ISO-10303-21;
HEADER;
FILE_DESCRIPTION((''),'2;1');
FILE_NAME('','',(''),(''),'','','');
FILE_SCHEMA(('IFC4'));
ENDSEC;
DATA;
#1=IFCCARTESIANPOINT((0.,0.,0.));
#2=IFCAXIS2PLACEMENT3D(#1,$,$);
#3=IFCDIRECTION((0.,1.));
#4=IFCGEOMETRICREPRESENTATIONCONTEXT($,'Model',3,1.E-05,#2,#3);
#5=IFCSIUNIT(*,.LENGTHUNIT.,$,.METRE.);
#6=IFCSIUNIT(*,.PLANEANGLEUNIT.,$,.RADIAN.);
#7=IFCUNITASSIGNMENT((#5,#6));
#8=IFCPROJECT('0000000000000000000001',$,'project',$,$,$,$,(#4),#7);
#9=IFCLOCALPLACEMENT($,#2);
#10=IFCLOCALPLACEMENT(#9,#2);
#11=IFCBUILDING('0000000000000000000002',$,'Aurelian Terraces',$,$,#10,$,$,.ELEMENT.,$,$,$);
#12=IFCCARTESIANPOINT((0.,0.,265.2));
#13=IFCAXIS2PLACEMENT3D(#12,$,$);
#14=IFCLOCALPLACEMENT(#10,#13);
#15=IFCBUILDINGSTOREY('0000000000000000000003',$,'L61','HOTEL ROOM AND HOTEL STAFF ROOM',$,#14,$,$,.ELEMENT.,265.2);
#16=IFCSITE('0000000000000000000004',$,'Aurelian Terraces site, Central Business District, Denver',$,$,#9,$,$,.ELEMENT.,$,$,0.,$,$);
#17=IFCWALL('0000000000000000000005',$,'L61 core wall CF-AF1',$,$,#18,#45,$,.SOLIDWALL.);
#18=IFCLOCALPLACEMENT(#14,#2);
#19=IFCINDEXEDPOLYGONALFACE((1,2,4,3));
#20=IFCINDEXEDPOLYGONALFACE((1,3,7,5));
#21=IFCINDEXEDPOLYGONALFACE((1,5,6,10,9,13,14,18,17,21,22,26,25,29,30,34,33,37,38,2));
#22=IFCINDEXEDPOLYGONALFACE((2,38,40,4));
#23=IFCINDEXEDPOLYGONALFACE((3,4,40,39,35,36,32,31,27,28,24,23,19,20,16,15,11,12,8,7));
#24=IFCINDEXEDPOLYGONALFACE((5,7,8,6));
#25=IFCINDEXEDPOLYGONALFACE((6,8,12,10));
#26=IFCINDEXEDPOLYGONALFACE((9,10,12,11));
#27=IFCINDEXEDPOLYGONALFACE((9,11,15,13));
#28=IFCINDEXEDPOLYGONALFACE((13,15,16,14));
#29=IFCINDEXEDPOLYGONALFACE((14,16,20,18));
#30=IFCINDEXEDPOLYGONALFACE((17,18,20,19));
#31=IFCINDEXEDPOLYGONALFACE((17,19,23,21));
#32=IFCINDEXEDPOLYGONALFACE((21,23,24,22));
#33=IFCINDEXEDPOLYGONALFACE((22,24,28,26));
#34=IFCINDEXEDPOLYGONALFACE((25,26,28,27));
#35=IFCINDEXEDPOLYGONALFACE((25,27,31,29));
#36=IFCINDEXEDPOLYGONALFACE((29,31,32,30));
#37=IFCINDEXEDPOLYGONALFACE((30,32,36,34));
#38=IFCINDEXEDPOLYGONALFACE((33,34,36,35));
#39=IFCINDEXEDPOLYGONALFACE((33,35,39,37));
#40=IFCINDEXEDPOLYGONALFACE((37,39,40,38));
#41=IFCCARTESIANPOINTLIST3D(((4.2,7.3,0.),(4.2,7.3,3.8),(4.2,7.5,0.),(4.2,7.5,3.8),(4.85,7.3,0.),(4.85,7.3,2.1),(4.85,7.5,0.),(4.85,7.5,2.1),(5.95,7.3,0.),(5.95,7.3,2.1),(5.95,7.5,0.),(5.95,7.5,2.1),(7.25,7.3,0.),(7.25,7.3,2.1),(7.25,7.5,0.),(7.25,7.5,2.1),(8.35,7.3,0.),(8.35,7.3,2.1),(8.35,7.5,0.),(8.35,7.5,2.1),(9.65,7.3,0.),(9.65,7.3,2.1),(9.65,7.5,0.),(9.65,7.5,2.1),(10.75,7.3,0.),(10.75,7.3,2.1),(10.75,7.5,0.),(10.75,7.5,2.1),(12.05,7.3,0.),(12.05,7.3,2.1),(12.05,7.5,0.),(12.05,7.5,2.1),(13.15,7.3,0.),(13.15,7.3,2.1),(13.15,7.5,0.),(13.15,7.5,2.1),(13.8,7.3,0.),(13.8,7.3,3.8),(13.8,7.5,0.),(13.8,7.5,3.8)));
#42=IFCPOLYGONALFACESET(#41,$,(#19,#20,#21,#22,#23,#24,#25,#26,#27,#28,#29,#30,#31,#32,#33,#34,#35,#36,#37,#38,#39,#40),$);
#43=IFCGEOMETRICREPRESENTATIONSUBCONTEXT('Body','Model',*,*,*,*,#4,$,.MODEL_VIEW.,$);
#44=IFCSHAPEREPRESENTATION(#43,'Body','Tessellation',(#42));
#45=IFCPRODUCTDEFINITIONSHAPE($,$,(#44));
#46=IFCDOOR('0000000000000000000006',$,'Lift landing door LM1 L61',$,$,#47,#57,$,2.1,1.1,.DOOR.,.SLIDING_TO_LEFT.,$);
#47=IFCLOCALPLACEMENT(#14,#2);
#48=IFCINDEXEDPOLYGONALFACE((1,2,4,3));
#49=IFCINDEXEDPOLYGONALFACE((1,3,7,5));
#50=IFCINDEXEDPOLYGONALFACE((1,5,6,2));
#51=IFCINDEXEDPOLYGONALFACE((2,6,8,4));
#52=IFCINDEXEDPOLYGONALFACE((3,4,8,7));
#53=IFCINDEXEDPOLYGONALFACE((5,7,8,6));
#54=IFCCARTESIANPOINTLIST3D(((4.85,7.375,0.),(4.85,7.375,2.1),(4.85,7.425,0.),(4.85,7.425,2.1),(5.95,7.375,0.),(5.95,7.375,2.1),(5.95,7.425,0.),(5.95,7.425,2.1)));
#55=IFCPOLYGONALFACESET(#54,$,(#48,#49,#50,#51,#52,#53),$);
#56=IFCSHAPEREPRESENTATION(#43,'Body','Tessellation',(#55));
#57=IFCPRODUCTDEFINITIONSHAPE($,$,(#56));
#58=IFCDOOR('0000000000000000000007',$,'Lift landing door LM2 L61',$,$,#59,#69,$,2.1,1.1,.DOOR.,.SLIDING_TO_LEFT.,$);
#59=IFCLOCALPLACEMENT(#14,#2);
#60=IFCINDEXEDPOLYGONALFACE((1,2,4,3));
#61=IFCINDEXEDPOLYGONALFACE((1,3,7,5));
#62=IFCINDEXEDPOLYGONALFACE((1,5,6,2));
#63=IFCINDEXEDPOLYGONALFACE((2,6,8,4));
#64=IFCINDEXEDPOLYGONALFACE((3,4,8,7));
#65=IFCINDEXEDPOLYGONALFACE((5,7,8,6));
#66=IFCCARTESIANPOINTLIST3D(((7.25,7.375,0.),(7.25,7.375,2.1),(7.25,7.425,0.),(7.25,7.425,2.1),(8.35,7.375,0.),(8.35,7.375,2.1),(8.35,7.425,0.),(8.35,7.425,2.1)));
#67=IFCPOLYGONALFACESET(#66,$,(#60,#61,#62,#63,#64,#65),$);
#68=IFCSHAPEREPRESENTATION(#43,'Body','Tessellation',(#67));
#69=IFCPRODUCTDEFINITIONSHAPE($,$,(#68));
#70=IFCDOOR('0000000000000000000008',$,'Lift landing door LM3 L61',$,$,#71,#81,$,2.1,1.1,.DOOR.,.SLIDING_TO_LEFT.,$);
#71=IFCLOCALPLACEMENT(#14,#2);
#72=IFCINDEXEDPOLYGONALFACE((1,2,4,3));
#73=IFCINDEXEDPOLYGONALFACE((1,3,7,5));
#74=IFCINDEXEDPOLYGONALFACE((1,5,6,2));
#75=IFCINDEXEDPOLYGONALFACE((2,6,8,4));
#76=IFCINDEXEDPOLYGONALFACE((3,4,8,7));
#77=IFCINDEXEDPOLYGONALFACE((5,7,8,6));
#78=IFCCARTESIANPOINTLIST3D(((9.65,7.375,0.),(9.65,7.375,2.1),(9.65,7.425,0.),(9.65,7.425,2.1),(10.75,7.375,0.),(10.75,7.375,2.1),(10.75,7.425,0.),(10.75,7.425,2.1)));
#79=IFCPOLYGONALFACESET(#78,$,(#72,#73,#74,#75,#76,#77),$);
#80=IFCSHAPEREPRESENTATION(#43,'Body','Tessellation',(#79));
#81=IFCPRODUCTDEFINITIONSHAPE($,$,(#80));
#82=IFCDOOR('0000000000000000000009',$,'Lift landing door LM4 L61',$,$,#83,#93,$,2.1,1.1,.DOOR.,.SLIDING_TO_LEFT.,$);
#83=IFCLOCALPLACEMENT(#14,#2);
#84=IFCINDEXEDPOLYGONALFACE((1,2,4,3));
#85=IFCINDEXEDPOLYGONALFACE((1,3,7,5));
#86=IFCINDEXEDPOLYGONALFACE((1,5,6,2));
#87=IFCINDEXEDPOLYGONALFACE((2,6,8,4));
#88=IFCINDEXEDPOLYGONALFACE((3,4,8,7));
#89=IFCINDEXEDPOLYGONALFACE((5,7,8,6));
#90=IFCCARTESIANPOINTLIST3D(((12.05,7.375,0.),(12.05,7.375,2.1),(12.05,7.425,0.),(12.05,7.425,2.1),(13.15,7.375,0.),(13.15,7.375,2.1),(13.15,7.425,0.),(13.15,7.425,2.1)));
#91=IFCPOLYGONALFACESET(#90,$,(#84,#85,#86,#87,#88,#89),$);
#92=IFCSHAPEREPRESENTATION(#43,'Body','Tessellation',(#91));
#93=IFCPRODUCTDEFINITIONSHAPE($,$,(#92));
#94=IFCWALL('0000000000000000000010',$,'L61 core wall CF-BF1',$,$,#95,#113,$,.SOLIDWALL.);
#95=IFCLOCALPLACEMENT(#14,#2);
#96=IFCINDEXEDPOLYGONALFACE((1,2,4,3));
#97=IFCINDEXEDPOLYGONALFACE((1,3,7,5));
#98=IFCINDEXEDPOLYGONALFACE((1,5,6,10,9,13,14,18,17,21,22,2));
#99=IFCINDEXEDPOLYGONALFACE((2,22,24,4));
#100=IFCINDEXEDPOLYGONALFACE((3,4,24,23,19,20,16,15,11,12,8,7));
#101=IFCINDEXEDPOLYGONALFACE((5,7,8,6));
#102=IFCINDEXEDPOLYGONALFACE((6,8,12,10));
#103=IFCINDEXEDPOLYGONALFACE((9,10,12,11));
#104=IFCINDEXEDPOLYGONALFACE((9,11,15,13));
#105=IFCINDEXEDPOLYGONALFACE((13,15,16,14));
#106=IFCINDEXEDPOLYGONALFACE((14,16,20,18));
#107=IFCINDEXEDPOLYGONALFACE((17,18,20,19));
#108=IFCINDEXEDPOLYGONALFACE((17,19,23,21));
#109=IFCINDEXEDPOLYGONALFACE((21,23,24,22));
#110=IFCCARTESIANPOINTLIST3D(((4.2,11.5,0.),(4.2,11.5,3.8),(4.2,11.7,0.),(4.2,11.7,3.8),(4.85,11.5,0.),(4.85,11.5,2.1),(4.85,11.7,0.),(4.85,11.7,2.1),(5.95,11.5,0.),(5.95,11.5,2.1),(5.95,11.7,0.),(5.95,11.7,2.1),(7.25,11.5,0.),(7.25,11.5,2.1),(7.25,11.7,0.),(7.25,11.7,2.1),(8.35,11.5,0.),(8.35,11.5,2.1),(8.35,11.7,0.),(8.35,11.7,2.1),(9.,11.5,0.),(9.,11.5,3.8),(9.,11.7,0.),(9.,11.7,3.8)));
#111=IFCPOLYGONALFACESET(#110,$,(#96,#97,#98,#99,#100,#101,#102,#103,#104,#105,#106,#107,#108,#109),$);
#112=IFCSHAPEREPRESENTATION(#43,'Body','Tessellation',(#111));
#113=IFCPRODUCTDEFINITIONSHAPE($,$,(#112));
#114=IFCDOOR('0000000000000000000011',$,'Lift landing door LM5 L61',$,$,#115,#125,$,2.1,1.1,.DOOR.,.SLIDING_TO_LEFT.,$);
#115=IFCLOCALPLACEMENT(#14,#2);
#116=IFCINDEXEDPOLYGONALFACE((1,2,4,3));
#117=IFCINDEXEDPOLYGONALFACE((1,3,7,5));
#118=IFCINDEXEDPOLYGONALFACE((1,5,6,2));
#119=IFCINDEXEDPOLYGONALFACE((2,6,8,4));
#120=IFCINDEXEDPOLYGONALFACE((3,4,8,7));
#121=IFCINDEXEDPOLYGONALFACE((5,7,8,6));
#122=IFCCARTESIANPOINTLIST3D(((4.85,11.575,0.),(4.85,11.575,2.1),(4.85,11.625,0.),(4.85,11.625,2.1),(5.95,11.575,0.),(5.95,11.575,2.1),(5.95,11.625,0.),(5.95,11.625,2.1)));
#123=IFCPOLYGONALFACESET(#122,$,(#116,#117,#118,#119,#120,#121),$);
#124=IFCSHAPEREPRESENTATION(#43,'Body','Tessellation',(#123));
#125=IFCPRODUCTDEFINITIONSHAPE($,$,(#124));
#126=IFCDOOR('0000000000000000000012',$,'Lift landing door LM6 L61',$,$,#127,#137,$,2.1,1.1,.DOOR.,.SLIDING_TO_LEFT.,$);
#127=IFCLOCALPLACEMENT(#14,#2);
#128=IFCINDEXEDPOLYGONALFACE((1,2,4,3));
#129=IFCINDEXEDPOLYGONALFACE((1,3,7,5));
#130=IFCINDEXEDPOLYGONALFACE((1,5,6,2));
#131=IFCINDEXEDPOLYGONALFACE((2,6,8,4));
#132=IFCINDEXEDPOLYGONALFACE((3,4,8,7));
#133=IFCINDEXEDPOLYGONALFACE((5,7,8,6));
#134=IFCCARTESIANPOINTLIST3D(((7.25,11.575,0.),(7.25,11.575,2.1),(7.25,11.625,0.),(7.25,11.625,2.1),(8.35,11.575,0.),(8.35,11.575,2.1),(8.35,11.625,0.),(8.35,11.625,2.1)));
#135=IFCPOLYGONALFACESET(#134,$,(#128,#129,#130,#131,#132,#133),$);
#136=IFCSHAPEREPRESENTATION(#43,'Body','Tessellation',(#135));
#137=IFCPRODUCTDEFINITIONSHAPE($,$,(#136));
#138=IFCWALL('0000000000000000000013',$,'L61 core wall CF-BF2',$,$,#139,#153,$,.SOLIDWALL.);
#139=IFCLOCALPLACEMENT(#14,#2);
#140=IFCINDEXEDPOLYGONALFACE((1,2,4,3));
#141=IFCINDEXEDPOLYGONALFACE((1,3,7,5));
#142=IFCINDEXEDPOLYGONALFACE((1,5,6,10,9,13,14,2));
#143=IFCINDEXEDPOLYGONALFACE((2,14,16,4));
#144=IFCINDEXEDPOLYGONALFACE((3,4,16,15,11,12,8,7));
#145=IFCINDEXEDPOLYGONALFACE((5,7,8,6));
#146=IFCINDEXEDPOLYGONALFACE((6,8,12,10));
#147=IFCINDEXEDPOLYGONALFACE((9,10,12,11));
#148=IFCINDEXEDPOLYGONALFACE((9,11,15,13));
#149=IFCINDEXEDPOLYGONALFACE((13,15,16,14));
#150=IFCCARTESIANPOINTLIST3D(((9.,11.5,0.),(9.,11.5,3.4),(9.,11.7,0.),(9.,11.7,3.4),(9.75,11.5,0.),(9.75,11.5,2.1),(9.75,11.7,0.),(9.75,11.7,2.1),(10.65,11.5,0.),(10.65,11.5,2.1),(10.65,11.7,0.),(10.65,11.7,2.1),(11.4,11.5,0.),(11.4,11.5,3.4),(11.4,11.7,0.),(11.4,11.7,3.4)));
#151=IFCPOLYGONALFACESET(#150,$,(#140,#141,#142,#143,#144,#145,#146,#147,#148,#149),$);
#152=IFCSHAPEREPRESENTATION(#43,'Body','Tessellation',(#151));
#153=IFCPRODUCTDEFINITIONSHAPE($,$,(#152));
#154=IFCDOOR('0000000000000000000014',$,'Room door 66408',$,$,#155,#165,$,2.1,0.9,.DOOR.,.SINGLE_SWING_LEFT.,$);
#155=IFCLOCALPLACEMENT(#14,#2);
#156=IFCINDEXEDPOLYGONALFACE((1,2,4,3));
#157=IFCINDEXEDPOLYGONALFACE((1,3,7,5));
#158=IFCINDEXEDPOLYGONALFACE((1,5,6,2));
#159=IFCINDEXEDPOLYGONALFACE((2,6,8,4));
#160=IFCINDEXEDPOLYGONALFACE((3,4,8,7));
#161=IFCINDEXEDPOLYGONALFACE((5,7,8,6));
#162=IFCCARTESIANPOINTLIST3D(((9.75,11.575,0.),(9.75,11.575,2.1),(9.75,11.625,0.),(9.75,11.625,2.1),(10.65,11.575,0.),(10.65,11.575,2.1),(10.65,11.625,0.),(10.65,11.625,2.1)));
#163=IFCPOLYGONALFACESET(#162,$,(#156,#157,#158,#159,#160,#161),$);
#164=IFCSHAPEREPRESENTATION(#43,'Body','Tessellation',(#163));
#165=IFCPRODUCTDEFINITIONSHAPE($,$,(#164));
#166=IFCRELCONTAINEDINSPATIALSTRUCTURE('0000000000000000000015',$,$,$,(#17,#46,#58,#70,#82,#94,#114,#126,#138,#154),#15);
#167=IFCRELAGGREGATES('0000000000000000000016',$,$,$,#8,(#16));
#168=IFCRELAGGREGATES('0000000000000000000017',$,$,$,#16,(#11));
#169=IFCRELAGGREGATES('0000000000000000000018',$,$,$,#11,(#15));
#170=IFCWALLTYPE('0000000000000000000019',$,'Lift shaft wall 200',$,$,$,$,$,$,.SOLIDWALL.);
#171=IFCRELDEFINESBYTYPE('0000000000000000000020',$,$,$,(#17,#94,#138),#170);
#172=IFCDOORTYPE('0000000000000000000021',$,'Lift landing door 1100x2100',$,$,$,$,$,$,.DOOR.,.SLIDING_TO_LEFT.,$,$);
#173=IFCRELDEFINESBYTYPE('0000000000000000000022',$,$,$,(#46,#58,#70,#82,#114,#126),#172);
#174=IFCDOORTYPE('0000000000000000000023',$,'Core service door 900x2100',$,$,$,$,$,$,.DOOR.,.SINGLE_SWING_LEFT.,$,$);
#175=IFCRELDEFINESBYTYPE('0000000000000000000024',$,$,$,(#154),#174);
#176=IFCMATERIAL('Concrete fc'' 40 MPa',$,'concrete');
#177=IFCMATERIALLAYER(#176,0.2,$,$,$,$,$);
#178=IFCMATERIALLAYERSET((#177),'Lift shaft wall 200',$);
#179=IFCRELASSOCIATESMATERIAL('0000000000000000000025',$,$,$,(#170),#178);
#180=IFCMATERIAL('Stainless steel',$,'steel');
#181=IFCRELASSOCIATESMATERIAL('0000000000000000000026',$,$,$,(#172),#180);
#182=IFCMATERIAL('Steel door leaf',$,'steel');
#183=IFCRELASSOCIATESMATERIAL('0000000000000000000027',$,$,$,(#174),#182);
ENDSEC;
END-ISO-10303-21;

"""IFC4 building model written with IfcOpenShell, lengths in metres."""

from ifc_helpers import new_model, si_unit, direction, frame, frame_2d, origin, place, context, subcontext, project, spatial, rectangle, extrude, source, transform, mapped, material, layer, layer_set, type_object, element, fill, save


model = new_model("IFC4")

# Units and contexts
model_context = context("Model", 3, precision=1e-05, world=origin(), true_north=direction((0.0, 1.0)))
body_context = subcontext(model_context, "Body", "Model", "MODEL_VIEW")
ifc_project = project(units=[si_unit("LENGTHUNIT", "METRE"), si_unit("PLANEANGLEUNIT", "RADIAN")], contexts=[model_context])

# Site, building, storey
site_placement = place(None, origin())
site = spatial("IfcSite", under=ifc_project, at=site_placement, Name="Aurelian Terraces site, Central Business District, Denver", CompositionType="ELEMENT", RefElevation=0.0)
building_placement = place(site_placement, origin())
building = spatial("IfcBuilding", under=site, at=building_placement, Name="Aurelian Terraces", CompositionType="ELEMENT")
storey_placement = place(building_placement, frame((0.0, 0.0, 265.2)))
storey = spatial("IfcBuildingStorey", under=building, at=storey_placement, Name="L61", Description="HOTEL ROOM AND HOTEL STAFF ROOM", CompositionType="ELEMENT", Elevation=265.2)

# Shared definitions
ifc_material_1 = material(Name="Concrete fc' 40 MPa", Category="concrete")
ifc_layer_1 = layer(ifc_material_1, 0.2)
ifc_layer_set_1 = layer_set([ifc_layer_1], Name="Lift shaft wall 200")
wall_type_1 = type_object("IfcWallType", Name="Lift shaft wall 200", PredefinedType="SOLIDWALL", material=ifc_layer_set_1)

# Walls, openings, doors
shared_shape_1 = source(origin(), body_context, "Body", "SweptSolid", [
    extrude(rectangle(XDim=9.6, YDim=0.2, at=frame_2d((4.8, 0.0))), origin(), (0.0, 0.0, 1.0), 3.8),
])
wall_1_placement = place(storey_placement, frame((4.2, 7.4, 0.0), z_axis=(0.0, 0.0, 1.0), x_axis=(1.0, 0.0, 0.0)))
wall_1 = element("IfcWall", 1, at=wall_1_placement, inside=storey, type_object=wall_type_1, Name="L61 core wall CF-AF1", PredefinedType="SOLIDWALL", context=body_context, shape_type="MappedRepresentation", body=[
    mapped(shared_shape_1, transform((0.0, 0.0, 0.0), scale=1.0)),
])
shared_shape_2 = source(origin(), body_context, "Body", "SweptSolid", [
    extrude(rectangle(XDim=1.1, YDim=2.1, at=frame_2d((0.55, 1.05))), frame((0.0, 0.11, 0.0), z_axis=(0.0, -1.0, 0.0), x_axis=(1.0, 0.0, 0.0)), (0.0, 0.0, 1.0), 0.22),
])
opening_1_placement = place(wall_1_placement, frame((0.65, 0.0, 0.0)))
opening_1 = element("IfcOpeningElement", 2, at=opening_1_placement, cuts=wall_1, PredefinedType="OPENING", context=body_context, shape_type="MappedRepresentation", body=[
    mapped(shared_shape_2, transform((0.0, 0.0, 0.0), scale=1.0)),
])
opening_2_placement = place(wall_1_placement, frame((3.05, 0.0, 0.0)))
opening_2 = element("IfcOpeningElement", 3, at=opening_2_placement, cuts=wall_1, PredefinedType="OPENING", context=body_context, shape_type="MappedRepresentation", body=[
    mapped(shared_shape_2, transform((0.0, 0.0, 0.0), scale=1.0)),
])
opening_3_placement = place(wall_1_placement, frame((5.45, 0.0, 0.0)))
opening_3 = element("IfcOpeningElement", 4, at=opening_3_placement, cuts=wall_1, PredefinedType="OPENING", context=body_context, shape_type="MappedRepresentation", body=[
    mapped(shared_shape_2, transform((0.0, 0.0, 0.0), scale=1.0)),
])
opening_4_placement = place(wall_1_placement, frame((7.85, 0.0, 0.0)))
opening_4 = element("IfcOpeningElement", 5, at=opening_4_placement, cuts=wall_1, PredefinedType="OPENING", context=body_context, shape_type="MappedRepresentation", body=[
    mapped(shared_shape_2, transform((0.0, 0.0, 0.0), scale=1.0)),
])
ifc_material_2 = material(Name="Stainless steel", Category="steel")
door_type_1 = type_object("IfcDoorType", Name="Lift landing door 1100x2100", OperationType="SLIDING_TO_LEFT", PredefinedType="DOOR", material=ifc_material_2)
shared_shape_3 = source(origin(), body_context, "Body", "SweptSolid", [
    extrude(rectangle(XDim=1.1, YDim=2.1, at=frame_2d((0.55, 1.05))), frame((0.0, 0.025, 0.0), z_axis=(0.0, -1.0, 0.0), x_axis=(1.0, 0.0, 0.0)), (0.0, 0.0, 1.0), 0.05),
])
door_1_placement = place(opening_1_placement, origin())
door_1 = element("IfcDoor", 6, at=door_1_placement, inside=storey, type_object=door_type_1, Name="Lift landing door LM1 L61", OperationType="SLIDING_TO_LEFT", OverallHeight=2.1, OverallWidth=1.1, PredefinedType="DOOR", context=body_context, shape_type="MappedRepresentation", body=[
    mapped(shared_shape_3, transform((0.0, 0.0, 0.0), scale=1.0)),
])
fill(opening_1, door_1)
door_2_placement = place(opening_2_placement, origin())
door_2 = element("IfcDoor", 7, at=door_2_placement, inside=storey, type_object=door_type_1, Name="Lift landing door LM2 L61", OperationType="SLIDING_TO_LEFT", OverallHeight=2.1, OverallWidth=1.1, PredefinedType="DOOR", context=body_context, shape_type="MappedRepresentation", body=[
    mapped(shared_shape_3, transform((0.0, 0.0, 0.0), scale=1.0)),
])
fill(opening_2, door_2)
door_3_placement = place(opening_3_placement, origin())
door_3 = element("IfcDoor", 8, at=door_3_placement, inside=storey, type_object=door_type_1, Name="Lift landing door LM3 L61", OperationType="SLIDING_TO_LEFT", OverallHeight=2.1, OverallWidth=1.1, PredefinedType="DOOR", context=body_context, shape_type="MappedRepresentation", body=[
    mapped(shared_shape_3, transform((0.0, 0.0, 0.0), scale=1.0)),
])
fill(opening_3, door_3)
door_4_placement = place(opening_4_placement, origin())
door_4 = element("IfcDoor", 9, at=door_4_placement, inside=storey, type_object=door_type_1, Name="Lift landing door LM4 L61", OperationType="SLIDING_TO_LEFT", OverallHeight=2.1, OverallWidth=1.1, PredefinedType="DOOR", context=body_context, shape_type="MappedRepresentation", body=[
    mapped(shared_shape_3, transform((0.0, 0.0, 0.0), scale=1.0)),
])
fill(opening_4, door_4)
shared_shape_4 = source(origin(), body_context, "Body", "SweptSolid", [
    extrude(rectangle(XDim=4.8, YDim=0.2, at=frame_2d((2.4, 0.0))), origin(), (0.0, 0.0, 1.0), 3.8),
])
wall_2_placement = place(storey_placement, frame((4.2, 11.6, 0.0), z_axis=(0.0, 0.0, 1.0), x_axis=(1.0, 0.0, 0.0)))
wall_2 = element("IfcWall", 10, at=wall_2_placement, inside=storey, type_object=wall_type_1, Name="L61 core wall CF-BF1", PredefinedType="SOLIDWALL", context=body_context, shape_type="MappedRepresentation", body=[
    mapped(shared_shape_4, transform((0.0, 0.0, 0.0), scale=1.0)),
])
opening_5_placement = place(wall_2_placement, frame((0.65, 0.0, 0.0)))
opening_5 = element("IfcOpeningElement", 11, at=opening_5_placement, cuts=wall_2, PredefinedType="OPENING", context=body_context, shape_type="MappedRepresentation", body=[
    mapped(shared_shape_2, transform((0.0, 0.0, 0.0), scale=1.0)),
])
opening_6_placement = place(wall_2_placement, frame((3.05, 0.0, 0.0)))
opening_6 = element("IfcOpeningElement", 12, at=opening_6_placement, cuts=wall_2, PredefinedType="OPENING", context=body_context, shape_type="MappedRepresentation", body=[
    mapped(shared_shape_2, transform((0.0, 0.0, 0.0), scale=1.0)),
])
door_5_placement = place(opening_5_placement, origin())
door_5 = element("IfcDoor", 13, at=door_5_placement, inside=storey, type_object=door_type_1, Name="Lift landing door LM5 L61", OperationType="SLIDING_TO_LEFT", OverallHeight=2.1, OverallWidth=1.1, PredefinedType="DOOR", context=body_context, shape_type="MappedRepresentation", body=[
    mapped(shared_shape_3, transform((0.0, 0.0, 0.0), scale=1.0)),
])
fill(opening_5, door_5)
door_6_placement = place(opening_6_placement, origin())
door_6 = element("IfcDoor", 14, at=door_6_placement, inside=storey, type_object=door_type_1, Name="Lift landing door LM6 L61", OperationType="SLIDING_TO_LEFT", OverallHeight=2.1, OverallWidth=1.1, PredefinedType="DOOR", context=body_context, shape_type="MappedRepresentation", body=[
    mapped(shared_shape_3, transform((0.0, 0.0, 0.0), scale=1.0)),
])
fill(opening_6, door_6)

# Wall, opening, door
shared_shape_5 = source(origin(), body_context, "Body", "SweptSolid", [
    extrude(rectangle(XDim=2.4, YDim=0.2, at=frame_2d((1.2, 0.0))), origin(), (0.0, 0.0, 1.0), 3.4),
])
wall_3_placement = place(storey_placement, frame((9.0, 11.6, 0.0), z_axis=(0.0, 0.0, 1.0), x_axis=(1.0, 0.0, 0.0)))
wall_3 = element("IfcWall", 15, at=wall_3_placement, inside=storey, type_object=wall_type_1, Name="L61 core wall CF-BF2", PredefinedType="SOLIDWALL", context=body_context, shape_type="MappedRepresentation", body=[
    mapped(shared_shape_5, transform((0.0, 0.0, 0.0), scale=1.0)),
])
shared_shape_6 = source(origin(), body_context, "Body", "SweptSolid", [
    extrude(rectangle(XDim=0.9, YDim=2.1, at=frame_2d((0.45, 1.05))), frame((0.0, 0.11, 0.0), z_axis=(0.0, -1.0, 0.0), x_axis=(1.0, 0.0, 0.0)), (0.0, 0.0, 1.0), 0.22),
])
opening_7_placement = place(wall_3_placement, frame((0.75, 0.0, 0.0)))
opening_7 = element("IfcOpeningElement", 16, at=opening_7_placement, cuts=wall_3, PredefinedType="OPENING", context=body_context, shape_type="MappedRepresentation", body=[
    mapped(shared_shape_6, transform((0.0, 0.0, 0.0), scale=1.0)),
])
ifc_material_3 = material(Name="Steel door leaf", Category="steel")
door_type_2 = type_object("IfcDoorType", Name="Core service door 900x2100", OperationType="SINGLE_SWING_LEFT", PredefinedType="DOOR", material=ifc_material_3)
shared_shape_7 = source(origin(), body_context, "Body", "SweptSolid", [
    extrude(rectangle(XDim=0.9, YDim=2.1, at=frame_2d((0.45, 1.05))), frame((0.0, 0.025, 0.0), z_axis=(0.0, -1.0, 0.0), x_axis=(1.0, 0.0, 0.0)), (0.0, 0.0, 1.0), 0.05),
])
door_7_placement = place(opening_7_placement, origin())
door_7 = element("IfcDoor", 17, at=door_7_placement, inside=storey, type_object=door_type_2, Name="Room door 66408", OperationType="SINGLE_SWING_LEFT", OverallHeight=2.1, OverallWidth=0.9, PredefinedType="DOOR", context=body_context, shape_type="MappedRepresentation", body=[
    mapped(shared_shape_7, transform((0.0, 0.0, 0.0), scale=1.0)),
])
fill(opening_7, door_7)

save(model, "model.ifc")
